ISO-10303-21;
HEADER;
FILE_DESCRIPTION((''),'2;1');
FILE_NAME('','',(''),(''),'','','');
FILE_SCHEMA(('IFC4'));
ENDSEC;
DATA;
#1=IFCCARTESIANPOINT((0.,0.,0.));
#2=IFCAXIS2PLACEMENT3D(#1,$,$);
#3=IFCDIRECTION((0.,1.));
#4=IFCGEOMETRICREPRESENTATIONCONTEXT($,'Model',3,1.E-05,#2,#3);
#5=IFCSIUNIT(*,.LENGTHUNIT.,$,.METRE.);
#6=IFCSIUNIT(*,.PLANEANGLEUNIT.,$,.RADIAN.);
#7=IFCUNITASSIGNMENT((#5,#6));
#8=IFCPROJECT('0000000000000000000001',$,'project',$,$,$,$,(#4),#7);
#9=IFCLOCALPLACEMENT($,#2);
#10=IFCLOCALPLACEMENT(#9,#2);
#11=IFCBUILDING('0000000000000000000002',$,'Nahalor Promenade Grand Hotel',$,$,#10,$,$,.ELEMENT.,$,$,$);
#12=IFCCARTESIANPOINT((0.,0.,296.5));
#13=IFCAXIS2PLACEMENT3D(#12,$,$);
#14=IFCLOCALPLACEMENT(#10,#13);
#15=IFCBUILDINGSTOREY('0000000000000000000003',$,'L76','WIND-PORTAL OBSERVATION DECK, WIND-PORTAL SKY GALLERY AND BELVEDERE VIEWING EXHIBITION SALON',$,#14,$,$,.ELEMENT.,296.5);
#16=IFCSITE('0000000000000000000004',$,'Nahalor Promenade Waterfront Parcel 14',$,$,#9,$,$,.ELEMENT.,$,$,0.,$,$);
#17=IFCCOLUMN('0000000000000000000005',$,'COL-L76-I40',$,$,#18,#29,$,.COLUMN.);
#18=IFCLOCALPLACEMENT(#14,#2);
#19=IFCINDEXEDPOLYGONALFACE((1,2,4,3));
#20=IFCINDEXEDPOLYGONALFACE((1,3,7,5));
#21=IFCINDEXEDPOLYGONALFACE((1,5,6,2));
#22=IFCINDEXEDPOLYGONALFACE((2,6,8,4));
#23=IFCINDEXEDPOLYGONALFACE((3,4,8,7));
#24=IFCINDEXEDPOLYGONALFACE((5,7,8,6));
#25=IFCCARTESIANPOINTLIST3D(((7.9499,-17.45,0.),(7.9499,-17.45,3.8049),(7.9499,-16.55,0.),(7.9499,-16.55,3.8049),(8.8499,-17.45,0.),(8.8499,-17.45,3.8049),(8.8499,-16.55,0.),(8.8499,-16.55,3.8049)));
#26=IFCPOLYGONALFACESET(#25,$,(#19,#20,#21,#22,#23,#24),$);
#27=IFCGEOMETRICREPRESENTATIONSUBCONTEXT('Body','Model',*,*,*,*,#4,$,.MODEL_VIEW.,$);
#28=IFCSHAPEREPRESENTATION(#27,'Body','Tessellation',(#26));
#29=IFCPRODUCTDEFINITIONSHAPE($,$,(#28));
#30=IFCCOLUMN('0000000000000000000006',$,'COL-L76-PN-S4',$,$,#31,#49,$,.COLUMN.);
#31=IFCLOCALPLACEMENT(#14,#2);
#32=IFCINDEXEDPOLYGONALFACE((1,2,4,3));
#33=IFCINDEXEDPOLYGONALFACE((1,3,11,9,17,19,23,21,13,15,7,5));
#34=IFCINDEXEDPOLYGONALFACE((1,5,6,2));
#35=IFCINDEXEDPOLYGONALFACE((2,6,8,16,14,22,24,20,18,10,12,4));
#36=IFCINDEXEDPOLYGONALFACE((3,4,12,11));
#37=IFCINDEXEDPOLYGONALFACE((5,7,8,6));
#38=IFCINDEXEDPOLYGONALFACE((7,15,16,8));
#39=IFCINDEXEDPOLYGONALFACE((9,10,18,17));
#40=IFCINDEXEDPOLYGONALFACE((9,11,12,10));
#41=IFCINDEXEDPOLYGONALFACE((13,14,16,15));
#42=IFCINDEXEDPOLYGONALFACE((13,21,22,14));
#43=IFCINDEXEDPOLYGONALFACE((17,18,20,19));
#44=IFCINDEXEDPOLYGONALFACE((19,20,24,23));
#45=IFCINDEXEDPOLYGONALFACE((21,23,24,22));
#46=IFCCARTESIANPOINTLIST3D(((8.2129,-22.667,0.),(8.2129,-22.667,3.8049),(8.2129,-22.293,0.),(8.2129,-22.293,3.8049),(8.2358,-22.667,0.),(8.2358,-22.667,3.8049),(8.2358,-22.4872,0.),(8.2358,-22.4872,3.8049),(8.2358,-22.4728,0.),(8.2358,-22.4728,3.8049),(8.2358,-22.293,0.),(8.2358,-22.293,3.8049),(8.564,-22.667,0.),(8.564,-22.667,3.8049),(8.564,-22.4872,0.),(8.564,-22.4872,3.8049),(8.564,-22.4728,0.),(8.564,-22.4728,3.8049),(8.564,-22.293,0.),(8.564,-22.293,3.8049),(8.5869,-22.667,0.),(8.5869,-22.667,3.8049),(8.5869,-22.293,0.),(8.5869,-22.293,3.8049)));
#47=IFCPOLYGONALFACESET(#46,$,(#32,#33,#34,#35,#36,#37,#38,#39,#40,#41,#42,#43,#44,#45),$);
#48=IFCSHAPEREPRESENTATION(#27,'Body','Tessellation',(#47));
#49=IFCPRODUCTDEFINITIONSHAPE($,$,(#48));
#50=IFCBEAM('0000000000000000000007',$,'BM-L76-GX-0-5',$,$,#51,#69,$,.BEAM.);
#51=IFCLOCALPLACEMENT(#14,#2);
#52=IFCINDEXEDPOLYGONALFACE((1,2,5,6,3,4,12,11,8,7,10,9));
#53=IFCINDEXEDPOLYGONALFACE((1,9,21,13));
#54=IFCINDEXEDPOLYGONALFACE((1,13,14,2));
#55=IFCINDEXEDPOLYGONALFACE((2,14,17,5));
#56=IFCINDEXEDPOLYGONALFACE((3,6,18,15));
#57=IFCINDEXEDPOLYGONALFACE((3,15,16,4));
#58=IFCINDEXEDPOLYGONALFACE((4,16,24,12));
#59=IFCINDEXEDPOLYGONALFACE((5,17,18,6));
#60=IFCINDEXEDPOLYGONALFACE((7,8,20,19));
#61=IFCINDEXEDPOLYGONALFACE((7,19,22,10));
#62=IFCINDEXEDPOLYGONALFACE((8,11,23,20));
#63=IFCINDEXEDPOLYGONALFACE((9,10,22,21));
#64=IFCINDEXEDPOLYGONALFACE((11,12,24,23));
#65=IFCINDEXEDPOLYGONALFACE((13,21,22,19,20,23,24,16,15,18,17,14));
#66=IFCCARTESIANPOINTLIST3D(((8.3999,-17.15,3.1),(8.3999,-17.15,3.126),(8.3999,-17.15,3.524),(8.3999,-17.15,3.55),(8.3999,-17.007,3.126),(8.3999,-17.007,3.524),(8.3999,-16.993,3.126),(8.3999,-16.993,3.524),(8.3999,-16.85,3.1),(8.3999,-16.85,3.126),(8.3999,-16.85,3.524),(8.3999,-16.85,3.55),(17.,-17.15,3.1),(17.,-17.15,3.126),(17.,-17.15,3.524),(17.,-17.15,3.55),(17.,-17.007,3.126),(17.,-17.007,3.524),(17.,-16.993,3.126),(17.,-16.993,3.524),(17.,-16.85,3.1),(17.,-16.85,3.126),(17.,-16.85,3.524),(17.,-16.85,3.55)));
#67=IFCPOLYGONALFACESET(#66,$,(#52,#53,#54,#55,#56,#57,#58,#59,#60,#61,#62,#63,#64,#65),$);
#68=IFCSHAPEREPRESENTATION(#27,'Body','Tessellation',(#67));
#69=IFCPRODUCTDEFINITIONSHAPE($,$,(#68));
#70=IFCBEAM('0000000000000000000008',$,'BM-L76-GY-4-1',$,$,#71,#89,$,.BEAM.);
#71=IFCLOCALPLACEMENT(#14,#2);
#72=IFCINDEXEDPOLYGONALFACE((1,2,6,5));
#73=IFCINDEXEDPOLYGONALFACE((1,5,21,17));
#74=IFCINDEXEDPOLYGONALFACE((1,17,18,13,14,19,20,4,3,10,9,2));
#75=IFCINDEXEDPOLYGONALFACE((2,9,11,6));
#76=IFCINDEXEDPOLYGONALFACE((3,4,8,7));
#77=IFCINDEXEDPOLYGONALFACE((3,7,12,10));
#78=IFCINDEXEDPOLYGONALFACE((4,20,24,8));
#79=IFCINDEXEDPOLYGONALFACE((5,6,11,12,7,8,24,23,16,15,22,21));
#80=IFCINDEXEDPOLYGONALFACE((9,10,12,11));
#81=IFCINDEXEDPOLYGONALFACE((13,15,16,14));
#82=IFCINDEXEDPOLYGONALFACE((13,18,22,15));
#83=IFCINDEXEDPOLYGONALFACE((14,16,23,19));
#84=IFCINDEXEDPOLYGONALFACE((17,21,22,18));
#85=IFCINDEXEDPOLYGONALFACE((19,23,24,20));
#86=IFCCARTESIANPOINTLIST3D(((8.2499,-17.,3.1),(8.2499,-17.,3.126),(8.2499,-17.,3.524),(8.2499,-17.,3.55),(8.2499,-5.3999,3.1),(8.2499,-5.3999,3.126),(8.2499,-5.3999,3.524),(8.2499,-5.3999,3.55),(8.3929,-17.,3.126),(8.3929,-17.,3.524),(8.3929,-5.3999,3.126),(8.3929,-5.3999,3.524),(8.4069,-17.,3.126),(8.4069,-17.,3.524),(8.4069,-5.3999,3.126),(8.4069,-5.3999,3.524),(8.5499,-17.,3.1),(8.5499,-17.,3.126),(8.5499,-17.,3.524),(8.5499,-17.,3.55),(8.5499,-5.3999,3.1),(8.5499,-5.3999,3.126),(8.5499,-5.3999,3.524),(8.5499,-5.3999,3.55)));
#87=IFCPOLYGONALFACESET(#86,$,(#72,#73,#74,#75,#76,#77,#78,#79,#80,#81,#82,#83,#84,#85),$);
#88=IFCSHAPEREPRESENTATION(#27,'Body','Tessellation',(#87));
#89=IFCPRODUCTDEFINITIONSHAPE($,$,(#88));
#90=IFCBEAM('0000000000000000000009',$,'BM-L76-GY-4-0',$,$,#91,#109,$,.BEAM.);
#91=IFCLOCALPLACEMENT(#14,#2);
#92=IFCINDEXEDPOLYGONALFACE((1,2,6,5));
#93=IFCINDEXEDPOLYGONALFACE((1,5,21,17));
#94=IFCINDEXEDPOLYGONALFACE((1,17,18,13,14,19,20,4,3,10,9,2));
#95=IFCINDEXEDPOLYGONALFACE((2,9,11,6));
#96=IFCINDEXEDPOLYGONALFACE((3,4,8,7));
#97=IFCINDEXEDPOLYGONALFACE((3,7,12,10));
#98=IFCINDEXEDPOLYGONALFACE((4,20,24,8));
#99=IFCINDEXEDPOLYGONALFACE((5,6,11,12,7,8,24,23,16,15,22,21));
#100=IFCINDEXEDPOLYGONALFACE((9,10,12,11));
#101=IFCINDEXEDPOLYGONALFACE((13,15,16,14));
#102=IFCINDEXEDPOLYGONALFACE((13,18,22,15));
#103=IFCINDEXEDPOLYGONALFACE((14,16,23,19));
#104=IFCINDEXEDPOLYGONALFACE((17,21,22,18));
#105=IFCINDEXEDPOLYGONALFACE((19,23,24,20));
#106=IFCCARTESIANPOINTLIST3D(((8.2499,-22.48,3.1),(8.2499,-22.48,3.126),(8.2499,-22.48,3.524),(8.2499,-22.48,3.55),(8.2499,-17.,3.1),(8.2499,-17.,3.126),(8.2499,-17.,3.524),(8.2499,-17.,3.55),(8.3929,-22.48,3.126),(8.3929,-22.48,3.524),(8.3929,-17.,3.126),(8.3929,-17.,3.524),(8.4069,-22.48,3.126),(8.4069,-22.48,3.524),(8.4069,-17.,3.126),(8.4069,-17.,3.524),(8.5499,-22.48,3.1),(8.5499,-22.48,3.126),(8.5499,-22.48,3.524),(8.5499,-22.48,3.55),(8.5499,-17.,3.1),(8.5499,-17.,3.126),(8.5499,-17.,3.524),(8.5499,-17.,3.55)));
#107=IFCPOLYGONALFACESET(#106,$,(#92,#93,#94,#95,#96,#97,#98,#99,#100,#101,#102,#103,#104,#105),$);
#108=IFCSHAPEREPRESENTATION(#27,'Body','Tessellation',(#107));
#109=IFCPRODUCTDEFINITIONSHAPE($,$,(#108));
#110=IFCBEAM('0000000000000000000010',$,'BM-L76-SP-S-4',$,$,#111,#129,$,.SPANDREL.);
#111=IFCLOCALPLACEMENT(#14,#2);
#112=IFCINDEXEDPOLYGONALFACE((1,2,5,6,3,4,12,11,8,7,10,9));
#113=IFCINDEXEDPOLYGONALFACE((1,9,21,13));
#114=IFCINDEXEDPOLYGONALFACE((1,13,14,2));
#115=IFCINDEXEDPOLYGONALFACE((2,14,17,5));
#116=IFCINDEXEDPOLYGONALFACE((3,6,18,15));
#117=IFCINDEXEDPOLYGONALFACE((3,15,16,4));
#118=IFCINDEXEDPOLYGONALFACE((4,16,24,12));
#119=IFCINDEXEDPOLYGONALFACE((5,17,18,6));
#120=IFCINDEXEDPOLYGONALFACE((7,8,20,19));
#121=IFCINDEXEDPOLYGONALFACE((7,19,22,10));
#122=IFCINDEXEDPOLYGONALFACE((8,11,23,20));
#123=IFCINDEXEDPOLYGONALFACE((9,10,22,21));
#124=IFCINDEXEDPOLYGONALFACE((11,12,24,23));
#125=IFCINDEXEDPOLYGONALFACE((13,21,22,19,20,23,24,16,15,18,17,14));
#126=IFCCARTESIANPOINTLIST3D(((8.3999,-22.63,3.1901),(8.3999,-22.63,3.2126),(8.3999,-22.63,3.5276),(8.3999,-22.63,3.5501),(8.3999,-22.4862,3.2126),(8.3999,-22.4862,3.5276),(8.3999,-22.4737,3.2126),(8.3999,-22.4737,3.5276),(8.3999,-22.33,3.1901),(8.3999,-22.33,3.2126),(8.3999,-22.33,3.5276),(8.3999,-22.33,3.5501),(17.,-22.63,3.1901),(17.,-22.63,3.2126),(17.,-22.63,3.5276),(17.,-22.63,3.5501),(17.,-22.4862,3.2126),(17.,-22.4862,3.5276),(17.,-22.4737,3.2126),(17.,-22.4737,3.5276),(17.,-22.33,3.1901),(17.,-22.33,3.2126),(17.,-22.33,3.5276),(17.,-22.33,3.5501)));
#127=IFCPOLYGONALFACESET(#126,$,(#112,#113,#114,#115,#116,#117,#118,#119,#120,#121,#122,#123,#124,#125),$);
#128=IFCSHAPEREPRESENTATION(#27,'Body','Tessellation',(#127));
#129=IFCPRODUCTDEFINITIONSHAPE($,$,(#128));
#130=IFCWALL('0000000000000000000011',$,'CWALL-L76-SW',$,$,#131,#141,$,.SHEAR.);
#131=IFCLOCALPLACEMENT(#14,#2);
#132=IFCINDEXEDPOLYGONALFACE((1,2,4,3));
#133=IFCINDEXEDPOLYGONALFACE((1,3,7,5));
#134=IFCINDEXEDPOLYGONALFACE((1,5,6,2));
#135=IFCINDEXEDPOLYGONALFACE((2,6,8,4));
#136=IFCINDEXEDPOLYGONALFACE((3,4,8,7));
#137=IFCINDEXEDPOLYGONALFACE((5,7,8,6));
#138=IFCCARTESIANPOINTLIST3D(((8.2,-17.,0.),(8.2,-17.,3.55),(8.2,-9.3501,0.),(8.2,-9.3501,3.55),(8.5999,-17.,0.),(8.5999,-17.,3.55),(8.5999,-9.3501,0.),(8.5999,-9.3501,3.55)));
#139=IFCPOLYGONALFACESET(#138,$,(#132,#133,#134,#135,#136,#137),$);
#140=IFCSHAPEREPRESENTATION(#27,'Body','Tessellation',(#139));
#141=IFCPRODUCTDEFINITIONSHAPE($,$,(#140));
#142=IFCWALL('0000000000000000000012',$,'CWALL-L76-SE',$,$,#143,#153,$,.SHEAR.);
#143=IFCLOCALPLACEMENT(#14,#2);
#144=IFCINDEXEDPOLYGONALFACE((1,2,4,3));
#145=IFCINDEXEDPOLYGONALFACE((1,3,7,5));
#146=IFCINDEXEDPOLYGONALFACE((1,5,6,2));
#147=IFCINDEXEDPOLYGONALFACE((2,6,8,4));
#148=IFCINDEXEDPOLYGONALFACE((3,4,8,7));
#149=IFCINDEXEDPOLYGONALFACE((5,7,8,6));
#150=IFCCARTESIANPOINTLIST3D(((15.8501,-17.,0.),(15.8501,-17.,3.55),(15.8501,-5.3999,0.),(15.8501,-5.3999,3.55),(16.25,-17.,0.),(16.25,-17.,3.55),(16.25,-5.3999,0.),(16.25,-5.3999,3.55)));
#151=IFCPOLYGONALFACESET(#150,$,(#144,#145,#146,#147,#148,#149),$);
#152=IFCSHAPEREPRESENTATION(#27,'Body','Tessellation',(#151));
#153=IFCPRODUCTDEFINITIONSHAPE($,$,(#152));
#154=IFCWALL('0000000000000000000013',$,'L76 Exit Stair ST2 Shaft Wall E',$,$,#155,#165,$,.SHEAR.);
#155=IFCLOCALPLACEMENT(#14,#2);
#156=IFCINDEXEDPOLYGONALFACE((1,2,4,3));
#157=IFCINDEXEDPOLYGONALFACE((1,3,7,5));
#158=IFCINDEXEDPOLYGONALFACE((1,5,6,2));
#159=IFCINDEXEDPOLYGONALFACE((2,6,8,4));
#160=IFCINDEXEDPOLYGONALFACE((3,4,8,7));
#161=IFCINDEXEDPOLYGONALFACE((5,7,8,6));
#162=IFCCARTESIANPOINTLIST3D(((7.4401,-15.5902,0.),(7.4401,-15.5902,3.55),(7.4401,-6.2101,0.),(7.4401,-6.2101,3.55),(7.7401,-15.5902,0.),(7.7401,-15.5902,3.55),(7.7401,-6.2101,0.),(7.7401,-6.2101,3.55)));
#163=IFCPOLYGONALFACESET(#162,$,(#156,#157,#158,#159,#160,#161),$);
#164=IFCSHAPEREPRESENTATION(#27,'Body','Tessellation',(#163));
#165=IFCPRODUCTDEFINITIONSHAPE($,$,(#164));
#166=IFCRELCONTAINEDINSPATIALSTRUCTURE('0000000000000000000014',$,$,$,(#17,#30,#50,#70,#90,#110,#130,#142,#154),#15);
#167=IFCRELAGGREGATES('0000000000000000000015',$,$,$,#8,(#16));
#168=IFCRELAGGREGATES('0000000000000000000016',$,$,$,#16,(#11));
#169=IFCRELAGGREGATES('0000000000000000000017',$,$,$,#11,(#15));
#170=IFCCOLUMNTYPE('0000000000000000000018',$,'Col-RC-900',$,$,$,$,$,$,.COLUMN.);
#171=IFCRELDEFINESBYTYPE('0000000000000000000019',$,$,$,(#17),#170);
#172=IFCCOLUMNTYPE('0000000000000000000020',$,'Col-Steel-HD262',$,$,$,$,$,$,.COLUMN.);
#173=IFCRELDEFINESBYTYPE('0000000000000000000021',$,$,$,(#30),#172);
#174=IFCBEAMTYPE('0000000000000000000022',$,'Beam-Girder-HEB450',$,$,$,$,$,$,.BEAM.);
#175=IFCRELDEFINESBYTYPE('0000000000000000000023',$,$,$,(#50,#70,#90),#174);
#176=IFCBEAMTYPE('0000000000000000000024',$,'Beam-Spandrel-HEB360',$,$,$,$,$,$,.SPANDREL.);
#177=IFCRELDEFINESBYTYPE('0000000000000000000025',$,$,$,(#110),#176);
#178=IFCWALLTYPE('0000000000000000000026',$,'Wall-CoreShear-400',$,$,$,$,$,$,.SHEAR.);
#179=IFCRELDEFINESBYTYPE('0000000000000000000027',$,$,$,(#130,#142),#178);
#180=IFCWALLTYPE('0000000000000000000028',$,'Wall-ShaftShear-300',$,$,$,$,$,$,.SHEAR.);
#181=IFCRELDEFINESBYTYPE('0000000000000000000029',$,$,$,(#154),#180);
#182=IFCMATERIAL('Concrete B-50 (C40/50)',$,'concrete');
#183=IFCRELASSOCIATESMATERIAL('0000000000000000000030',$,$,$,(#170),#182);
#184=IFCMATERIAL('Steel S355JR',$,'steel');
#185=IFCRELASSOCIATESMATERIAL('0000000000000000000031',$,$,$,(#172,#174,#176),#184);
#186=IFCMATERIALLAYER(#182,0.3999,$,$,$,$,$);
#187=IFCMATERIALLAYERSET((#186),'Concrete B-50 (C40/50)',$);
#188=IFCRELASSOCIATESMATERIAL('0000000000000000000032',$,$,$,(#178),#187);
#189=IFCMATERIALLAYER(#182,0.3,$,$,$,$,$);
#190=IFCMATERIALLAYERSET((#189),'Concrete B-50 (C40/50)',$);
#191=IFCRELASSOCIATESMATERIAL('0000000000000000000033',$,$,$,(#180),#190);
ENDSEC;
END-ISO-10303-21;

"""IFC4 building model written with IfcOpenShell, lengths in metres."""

from ifc_helpers import new_model, si_unit, direction, frame, frame_2d, origin, origin_2d, place, context, subcontext, project, spatial, rectangle, i_section, extrude, source, transform, mapped, material, layer, layer_set, material_profile, profile_set, type_object, element, save


model = new_model("IFC4")

# Units and contexts
model_context = context("Model", 3, precision=1e-05, world=origin(), true_north=direction((0.0, 1.0)))
body_context = subcontext(model_context, "Body", "Model", "MODEL_VIEW")
ifc_project = project(units=[si_unit("LENGTHUNIT", "METRE"), si_unit("PLANEANGLEUNIT", "RADIAN")], contexts=[model_context])

# Site, building, storey
site_placement = place(None, origin())
site = spatial("IfcSite", under=ifc_project, at=site_placement, Name="Nahalor Promenade Waterfront Parcel 14", CompositionType="ELEMENT", RefElevation=0.0)
building_placement = place(site_placement, origin())
building = spatial("IfcBuilding", under=site, at=building_placement, Name="Nahalor Promenade Grand Hotel", CompositionType="ELEMENT")
storey_placement = place(building_placement, frame((0.0, 0.0, 296.5)))
storey = spatial("IfcBuildingStorey", under=building, at=storey_placement, Name="L76", Description="WIND-PORTAL OBSERVATION DECK, WIND-PORTAL SKY GALLERY AND BELVEDERE VIEWING EXHIBITION SALON", CompositionType="ELEMENT", Elevation=296.5)

# Columns
ifc_material_1 = material(Name="Concrete B-50 (C40/50)", Category="concrete")
ifc_material_profile_1 = material_profile(ifc_material_1, rectangle(XDim=0.9, YDim=0.9, at=origin_2d()), Name="RC 900x900")
ifc_profile_set_1 = profile_set([ifc_material_profile_1], Name="Concrete B-50 (C40/50)")
column_type_1 = type_object("IfcColumnType", Name="Col-RC-900", PredefinedType="COLUMN", material=ifc_profile_set_1)
shared_shape_1 = source(origin(), body_context, "Body", "SweptSolid", [
    extrude(rectangle(XDim=0.9, YDim=0.9, at=origin_2d()), origin(), (0.0, 0.0, 1.0), 3.8049),
])
column_1_placement = place(storey_placement, frame((8.3999, -17.0, 0.0), z_axis=(0.0, 0.0, 1.0), x_axis=(1.0, 0.0, 0.0)))
element("IfcColumn", 1, at=column_1_placement, inside=storey, type_object=column_type_1, Name="COL-L76-I40", PredefinedType="COLUMN", context=body_context, shape_type="MappedRepresentation", body=[
    mapped(shared_shape_1, transform((0.0, 0.0, 0.0), scale=1.0)),
])
ifc_material_2 = material(Name="Steel S355JR", Category="steel")
ifc_material_profile_2 = material_profile(ifc_material_2, i_section(OverallWidth=0.374, OverallDepth=0.374, WebThickness=0.0144, FlangeThickness=0.0229, at=origin_2d()), Name="HD 360x262")
ifc_profile_set_2 = profile_set([ifc_material_profile_2], Name="Steel S355JR")
column_type_2 = type_object("IfcColumnType", Name="Col-Steel-HD262", PredefinedType="COLUMN", material=ifc_profile_set_2)
shared_shape_2 = source(origin(), body_context, "Body", "SweptSolid", [
    extrude(i_section(OverallWidth=0.374, OverallDepth=0.374, WebThickness=0.0144, FlangeThickness=0.0229, at=origin_2d()), origin(), (0.0, 0.0, 1.0), 3.8049),
])
column_2_placement = place(storey_placement, frame((8.3999, -22.48, 0.0), z_axis=(0.0, 0.0, 1.0), x_axis=(0.0, 1.0, 0.0)))
element("IfcColumn", 2, at=column_2_placement, inside=storey, type_object=column_type_2, Name="COL-L76-PN-S4", PredefinedType="COLUMN", context=body_context, shape_type="MappedRepresentation", body=[
    mapped(shared_shape_2, transform((0.0, 0.0, 0.0), scale=1.0)),
])

# Beams
ifc_material_profile_3 = material_profile(ifc_material_2, i_section(OverallWidth=0.3, OverallDepth=0.45, WebThickness=0.014, FlangeThickness=0.026, at=origin_2d()), Name="HEB 450")
ifc_profile_set_3 = profile_set([ifc_material_profile_3], Name="Steel S355JR")
beam_type_1 = type_object("IfcBeamType", Name="Beam-Girder-HEB450", PredefinedType="BEAM", material=ifc_profile_set_3)
shared_shape_3 = source(origin(), body_context, "Body", "SweptSolid", [
    extrude(i_section(OverallWidth=0.3, OverallDepth=0.45, WebThickness=0.014, FlangeThickness=0.026, at=origin_2d()), origin(), (0.0, 0.0, 1.0), 8.6001),
])
beam_1_placement = place(storey_placement, frame((8.3999, -17.0, 3.325), z_axis=(1.0, 0.0, 0.0), x_axis=(0.0, 1.0, 0.0)))
element("IfcBeam", 3, at=beam_1_placement, inside=storey, type_object=beam_type_1, Name="BM-L76-GX-0-5", PredefinedType="BEAM", context=body_context, shape_type="MappedRepresentation", body=[
    mapped(shared_shape_3, transform((0.0, 0.0, 0.0), scale=1.0)),
])
shared_shape_4 = source(origin(), body_context, "Body", "SweptSolid", [
    extrude(i_section(OverallWidth=0.3, OverallDepth=0.45, WebThickness=0.014, FlangeThickness=0.026, at=origin_2d()), origin(), (0.0, 0.0, 1.0), 11.6001),
])
beam_2_placement = place(storey_placement, frame((8.3999, -17.0, 3.325), z_axis=(0.0, 1.0, 0.0), x_axis=(-1.0, 0.0, 0.0)))
element("IfcBeam", 4, at=beam_2_placement, inside=storey, type_object=beam_type_1, Name="BM-L76-GY-4-1", PredefinedType="BEAM", context=body_context, shape_type="MappedRepresentation", body=[
    mapped(shared_shape_4, transform((0.0, 0.0, 0.0), scale=1.0)),
])
shared_shape_5 = source(origin(), body_context, "Body", "SweptSolid", [
    extrude(i_section(OverallWidth=0.3, OverallDepth=0.45, WebThickness=0.014, FlangeThickness=0.026, at=origin_2d()), origin(), (0.0, 0.0, 1.0), 5.48),
])
beam_3_placement = place(storey_placement, frame((8.3999, -22.48, 3.325), z_axis=(0.0, 1.0, 0.0), x_axis=(-1.0, 0.0, 0.0)))
element("IfcBeam", 5, at=beam_3_placement, inside=storey, type_object=beam_type_1, Name="BM-L76-GY-4-0", PredefinedType="BEAM", context=body_context, shape_type="MappedRepresentation", body=[
    mapped(shared_shape_5, transform((0.0, 0.0, 0.0), scale=1.0)),
])
ifc_material_profile_4 = material_profile(ifc_material_2, i_section(OverallWidth=0.3, OverallDepth=0.36, WebThickness=0.0125, FlangeThickness=0.0225, at=origin_2d()), Name="HEB 360")
ifc_profile_set_4 = profile_set([ifc_material_profile_4], Name="Steel S355JR")
beam_type_2 = type_object("IfcBeamType", Name="Beam-Spandrel-HEB360", PredefinedType="SPANDREL", material=ifc_profile_set_4)
shared_shape_6 = source(origin(), body_context, "Body", "SweptSolid", [
    extrude(i_section(OverallWidth=0.3, OverallDepth=0.36, WebThickness=0.0125, FlangeThickness=0.0225, at=origin_2d()), origin(), (0.0, 0.0, 1.0), 8.6001),
])
beam_4_placement = place(storey_placement, frame((8.3999, -22.48, 3.3701), z_axis=(1.0, 0.0, 0.0), x_axis=(0.0, 1.0, 0.0)))
element("IfcBeam", 6, at=beam_4_placement, inside=storey, type_object=beam_type_2, Name="BM-L76-SP-S-4", PredefinedType="SPANDREL", context=body_context, shape_type="MappedRepresentation", body=[
    mapped(shared_shape_6, transform((0.0, 0.0, 0.0), scale=1.0)),
])

# Walls
ifc_layer_1 = layer(ifc_material_1, 0.3999)
ifc_layer_set_1 = layer_set([ifc_layer_1], Name="Concrete B-50 (C40/50)")
wall_type_1 = type_object("IfcWallType", Name="Wall-CoreShear-400", PredefinedType="SHEAR", material=ifc_layer_set_1)
shared_shape_7 = source(origin(), body_context, "Body", "SweptSolid", [
    extrude(rectangle(XDim=7.6499, YDim=0.3999, at=frame_2d((3.825, 0.0))), origin(), (0.0, 0.0, 1.0), 3.55),
])
wall_1_placement = place(storey_placement, frame((8.3999, -17.0, 0.0), z_axis=(0.0, 0.0, 1.0), x_axis=(0.0, 1.0, 0.0)))
element("IfcWall", 7, at=wall_1_placement, inside=storey, type_object=wall_type_1, Name="CWALL-L76-SW", PredefinedType="SHEAR", context=body_context, shape_type="MappedRepresentation", body=[
    mapped(shared_shape_7, transform((0.0, 0.0, 0.0), scale=1.0)),
])
shared_shape_8 = source(origin(), body_context, "Body", "SweptSolid", [
    extrude(rectangle(XDim=11.6001, YDim=0.3999, at=frame_2d((5.8, 0.0))), origin(), (0.0, 0.0, 1.0), 3.55),
])
wall_2_placement = place(storey_placement, frame((16.05, -17.0, 0.0), z_axis=(0.0, 0.0, 1.0), x_axis=(0.0, 1.0, 0.0)))
element("IfcWall", 8, at=wall_2_placement, inside=storey, type_object=wall_type_1, Name="CWALL-L76-SE", PredefinedType="SHEAR", context=body_context, shape_type="MappedRepresentation", body=[
    mapped(shared_shape_8, transform((0.0, 0.0, 0.0), scale=1.0)),
])
ifc_layer_2 = layer(ifc_material_1, 0.3)
ifc_layer_set_2 = layer_set([ifc_layer_2], Name="Concrete B-50 (C40/50)")
wall_type_2 = type_object("IfcWallType", Name="Wall-ShaftShear-300", PredefinedType="SHEAR", material=ifc_layer_set_2)
shared_shape_9 = source(origin(), body_context, "Body", "SweptSolid", [
    extrude(rectangle(XDim=9.3801, YDim=0.3, at=frame_2d((4.6899, 0.0))), origin(), (0.0, 0.0, 1.0), 3.55),
])
wall_3_placement = place(storey_placement, frame((7.5901, -15.5901, 0.0), z_axis=(0.0, 0.0, 1.0), x_axis=(0.0, 1.0, 0.0)))
element("IfcWall", 9, at=wall_3_placement, inside=storey, type_object=wall_type_2, Name="L76 Exit Stair ST2 Shaft Wall E", PredefinedType="SHEAR", context=body_context, shape_type="MappedRepresentation", body=[
    mapped(shared_shape_9, transform((0.0, 0.0, 0.0), scale=1.0)),
])

save(model, "model.ifc")
